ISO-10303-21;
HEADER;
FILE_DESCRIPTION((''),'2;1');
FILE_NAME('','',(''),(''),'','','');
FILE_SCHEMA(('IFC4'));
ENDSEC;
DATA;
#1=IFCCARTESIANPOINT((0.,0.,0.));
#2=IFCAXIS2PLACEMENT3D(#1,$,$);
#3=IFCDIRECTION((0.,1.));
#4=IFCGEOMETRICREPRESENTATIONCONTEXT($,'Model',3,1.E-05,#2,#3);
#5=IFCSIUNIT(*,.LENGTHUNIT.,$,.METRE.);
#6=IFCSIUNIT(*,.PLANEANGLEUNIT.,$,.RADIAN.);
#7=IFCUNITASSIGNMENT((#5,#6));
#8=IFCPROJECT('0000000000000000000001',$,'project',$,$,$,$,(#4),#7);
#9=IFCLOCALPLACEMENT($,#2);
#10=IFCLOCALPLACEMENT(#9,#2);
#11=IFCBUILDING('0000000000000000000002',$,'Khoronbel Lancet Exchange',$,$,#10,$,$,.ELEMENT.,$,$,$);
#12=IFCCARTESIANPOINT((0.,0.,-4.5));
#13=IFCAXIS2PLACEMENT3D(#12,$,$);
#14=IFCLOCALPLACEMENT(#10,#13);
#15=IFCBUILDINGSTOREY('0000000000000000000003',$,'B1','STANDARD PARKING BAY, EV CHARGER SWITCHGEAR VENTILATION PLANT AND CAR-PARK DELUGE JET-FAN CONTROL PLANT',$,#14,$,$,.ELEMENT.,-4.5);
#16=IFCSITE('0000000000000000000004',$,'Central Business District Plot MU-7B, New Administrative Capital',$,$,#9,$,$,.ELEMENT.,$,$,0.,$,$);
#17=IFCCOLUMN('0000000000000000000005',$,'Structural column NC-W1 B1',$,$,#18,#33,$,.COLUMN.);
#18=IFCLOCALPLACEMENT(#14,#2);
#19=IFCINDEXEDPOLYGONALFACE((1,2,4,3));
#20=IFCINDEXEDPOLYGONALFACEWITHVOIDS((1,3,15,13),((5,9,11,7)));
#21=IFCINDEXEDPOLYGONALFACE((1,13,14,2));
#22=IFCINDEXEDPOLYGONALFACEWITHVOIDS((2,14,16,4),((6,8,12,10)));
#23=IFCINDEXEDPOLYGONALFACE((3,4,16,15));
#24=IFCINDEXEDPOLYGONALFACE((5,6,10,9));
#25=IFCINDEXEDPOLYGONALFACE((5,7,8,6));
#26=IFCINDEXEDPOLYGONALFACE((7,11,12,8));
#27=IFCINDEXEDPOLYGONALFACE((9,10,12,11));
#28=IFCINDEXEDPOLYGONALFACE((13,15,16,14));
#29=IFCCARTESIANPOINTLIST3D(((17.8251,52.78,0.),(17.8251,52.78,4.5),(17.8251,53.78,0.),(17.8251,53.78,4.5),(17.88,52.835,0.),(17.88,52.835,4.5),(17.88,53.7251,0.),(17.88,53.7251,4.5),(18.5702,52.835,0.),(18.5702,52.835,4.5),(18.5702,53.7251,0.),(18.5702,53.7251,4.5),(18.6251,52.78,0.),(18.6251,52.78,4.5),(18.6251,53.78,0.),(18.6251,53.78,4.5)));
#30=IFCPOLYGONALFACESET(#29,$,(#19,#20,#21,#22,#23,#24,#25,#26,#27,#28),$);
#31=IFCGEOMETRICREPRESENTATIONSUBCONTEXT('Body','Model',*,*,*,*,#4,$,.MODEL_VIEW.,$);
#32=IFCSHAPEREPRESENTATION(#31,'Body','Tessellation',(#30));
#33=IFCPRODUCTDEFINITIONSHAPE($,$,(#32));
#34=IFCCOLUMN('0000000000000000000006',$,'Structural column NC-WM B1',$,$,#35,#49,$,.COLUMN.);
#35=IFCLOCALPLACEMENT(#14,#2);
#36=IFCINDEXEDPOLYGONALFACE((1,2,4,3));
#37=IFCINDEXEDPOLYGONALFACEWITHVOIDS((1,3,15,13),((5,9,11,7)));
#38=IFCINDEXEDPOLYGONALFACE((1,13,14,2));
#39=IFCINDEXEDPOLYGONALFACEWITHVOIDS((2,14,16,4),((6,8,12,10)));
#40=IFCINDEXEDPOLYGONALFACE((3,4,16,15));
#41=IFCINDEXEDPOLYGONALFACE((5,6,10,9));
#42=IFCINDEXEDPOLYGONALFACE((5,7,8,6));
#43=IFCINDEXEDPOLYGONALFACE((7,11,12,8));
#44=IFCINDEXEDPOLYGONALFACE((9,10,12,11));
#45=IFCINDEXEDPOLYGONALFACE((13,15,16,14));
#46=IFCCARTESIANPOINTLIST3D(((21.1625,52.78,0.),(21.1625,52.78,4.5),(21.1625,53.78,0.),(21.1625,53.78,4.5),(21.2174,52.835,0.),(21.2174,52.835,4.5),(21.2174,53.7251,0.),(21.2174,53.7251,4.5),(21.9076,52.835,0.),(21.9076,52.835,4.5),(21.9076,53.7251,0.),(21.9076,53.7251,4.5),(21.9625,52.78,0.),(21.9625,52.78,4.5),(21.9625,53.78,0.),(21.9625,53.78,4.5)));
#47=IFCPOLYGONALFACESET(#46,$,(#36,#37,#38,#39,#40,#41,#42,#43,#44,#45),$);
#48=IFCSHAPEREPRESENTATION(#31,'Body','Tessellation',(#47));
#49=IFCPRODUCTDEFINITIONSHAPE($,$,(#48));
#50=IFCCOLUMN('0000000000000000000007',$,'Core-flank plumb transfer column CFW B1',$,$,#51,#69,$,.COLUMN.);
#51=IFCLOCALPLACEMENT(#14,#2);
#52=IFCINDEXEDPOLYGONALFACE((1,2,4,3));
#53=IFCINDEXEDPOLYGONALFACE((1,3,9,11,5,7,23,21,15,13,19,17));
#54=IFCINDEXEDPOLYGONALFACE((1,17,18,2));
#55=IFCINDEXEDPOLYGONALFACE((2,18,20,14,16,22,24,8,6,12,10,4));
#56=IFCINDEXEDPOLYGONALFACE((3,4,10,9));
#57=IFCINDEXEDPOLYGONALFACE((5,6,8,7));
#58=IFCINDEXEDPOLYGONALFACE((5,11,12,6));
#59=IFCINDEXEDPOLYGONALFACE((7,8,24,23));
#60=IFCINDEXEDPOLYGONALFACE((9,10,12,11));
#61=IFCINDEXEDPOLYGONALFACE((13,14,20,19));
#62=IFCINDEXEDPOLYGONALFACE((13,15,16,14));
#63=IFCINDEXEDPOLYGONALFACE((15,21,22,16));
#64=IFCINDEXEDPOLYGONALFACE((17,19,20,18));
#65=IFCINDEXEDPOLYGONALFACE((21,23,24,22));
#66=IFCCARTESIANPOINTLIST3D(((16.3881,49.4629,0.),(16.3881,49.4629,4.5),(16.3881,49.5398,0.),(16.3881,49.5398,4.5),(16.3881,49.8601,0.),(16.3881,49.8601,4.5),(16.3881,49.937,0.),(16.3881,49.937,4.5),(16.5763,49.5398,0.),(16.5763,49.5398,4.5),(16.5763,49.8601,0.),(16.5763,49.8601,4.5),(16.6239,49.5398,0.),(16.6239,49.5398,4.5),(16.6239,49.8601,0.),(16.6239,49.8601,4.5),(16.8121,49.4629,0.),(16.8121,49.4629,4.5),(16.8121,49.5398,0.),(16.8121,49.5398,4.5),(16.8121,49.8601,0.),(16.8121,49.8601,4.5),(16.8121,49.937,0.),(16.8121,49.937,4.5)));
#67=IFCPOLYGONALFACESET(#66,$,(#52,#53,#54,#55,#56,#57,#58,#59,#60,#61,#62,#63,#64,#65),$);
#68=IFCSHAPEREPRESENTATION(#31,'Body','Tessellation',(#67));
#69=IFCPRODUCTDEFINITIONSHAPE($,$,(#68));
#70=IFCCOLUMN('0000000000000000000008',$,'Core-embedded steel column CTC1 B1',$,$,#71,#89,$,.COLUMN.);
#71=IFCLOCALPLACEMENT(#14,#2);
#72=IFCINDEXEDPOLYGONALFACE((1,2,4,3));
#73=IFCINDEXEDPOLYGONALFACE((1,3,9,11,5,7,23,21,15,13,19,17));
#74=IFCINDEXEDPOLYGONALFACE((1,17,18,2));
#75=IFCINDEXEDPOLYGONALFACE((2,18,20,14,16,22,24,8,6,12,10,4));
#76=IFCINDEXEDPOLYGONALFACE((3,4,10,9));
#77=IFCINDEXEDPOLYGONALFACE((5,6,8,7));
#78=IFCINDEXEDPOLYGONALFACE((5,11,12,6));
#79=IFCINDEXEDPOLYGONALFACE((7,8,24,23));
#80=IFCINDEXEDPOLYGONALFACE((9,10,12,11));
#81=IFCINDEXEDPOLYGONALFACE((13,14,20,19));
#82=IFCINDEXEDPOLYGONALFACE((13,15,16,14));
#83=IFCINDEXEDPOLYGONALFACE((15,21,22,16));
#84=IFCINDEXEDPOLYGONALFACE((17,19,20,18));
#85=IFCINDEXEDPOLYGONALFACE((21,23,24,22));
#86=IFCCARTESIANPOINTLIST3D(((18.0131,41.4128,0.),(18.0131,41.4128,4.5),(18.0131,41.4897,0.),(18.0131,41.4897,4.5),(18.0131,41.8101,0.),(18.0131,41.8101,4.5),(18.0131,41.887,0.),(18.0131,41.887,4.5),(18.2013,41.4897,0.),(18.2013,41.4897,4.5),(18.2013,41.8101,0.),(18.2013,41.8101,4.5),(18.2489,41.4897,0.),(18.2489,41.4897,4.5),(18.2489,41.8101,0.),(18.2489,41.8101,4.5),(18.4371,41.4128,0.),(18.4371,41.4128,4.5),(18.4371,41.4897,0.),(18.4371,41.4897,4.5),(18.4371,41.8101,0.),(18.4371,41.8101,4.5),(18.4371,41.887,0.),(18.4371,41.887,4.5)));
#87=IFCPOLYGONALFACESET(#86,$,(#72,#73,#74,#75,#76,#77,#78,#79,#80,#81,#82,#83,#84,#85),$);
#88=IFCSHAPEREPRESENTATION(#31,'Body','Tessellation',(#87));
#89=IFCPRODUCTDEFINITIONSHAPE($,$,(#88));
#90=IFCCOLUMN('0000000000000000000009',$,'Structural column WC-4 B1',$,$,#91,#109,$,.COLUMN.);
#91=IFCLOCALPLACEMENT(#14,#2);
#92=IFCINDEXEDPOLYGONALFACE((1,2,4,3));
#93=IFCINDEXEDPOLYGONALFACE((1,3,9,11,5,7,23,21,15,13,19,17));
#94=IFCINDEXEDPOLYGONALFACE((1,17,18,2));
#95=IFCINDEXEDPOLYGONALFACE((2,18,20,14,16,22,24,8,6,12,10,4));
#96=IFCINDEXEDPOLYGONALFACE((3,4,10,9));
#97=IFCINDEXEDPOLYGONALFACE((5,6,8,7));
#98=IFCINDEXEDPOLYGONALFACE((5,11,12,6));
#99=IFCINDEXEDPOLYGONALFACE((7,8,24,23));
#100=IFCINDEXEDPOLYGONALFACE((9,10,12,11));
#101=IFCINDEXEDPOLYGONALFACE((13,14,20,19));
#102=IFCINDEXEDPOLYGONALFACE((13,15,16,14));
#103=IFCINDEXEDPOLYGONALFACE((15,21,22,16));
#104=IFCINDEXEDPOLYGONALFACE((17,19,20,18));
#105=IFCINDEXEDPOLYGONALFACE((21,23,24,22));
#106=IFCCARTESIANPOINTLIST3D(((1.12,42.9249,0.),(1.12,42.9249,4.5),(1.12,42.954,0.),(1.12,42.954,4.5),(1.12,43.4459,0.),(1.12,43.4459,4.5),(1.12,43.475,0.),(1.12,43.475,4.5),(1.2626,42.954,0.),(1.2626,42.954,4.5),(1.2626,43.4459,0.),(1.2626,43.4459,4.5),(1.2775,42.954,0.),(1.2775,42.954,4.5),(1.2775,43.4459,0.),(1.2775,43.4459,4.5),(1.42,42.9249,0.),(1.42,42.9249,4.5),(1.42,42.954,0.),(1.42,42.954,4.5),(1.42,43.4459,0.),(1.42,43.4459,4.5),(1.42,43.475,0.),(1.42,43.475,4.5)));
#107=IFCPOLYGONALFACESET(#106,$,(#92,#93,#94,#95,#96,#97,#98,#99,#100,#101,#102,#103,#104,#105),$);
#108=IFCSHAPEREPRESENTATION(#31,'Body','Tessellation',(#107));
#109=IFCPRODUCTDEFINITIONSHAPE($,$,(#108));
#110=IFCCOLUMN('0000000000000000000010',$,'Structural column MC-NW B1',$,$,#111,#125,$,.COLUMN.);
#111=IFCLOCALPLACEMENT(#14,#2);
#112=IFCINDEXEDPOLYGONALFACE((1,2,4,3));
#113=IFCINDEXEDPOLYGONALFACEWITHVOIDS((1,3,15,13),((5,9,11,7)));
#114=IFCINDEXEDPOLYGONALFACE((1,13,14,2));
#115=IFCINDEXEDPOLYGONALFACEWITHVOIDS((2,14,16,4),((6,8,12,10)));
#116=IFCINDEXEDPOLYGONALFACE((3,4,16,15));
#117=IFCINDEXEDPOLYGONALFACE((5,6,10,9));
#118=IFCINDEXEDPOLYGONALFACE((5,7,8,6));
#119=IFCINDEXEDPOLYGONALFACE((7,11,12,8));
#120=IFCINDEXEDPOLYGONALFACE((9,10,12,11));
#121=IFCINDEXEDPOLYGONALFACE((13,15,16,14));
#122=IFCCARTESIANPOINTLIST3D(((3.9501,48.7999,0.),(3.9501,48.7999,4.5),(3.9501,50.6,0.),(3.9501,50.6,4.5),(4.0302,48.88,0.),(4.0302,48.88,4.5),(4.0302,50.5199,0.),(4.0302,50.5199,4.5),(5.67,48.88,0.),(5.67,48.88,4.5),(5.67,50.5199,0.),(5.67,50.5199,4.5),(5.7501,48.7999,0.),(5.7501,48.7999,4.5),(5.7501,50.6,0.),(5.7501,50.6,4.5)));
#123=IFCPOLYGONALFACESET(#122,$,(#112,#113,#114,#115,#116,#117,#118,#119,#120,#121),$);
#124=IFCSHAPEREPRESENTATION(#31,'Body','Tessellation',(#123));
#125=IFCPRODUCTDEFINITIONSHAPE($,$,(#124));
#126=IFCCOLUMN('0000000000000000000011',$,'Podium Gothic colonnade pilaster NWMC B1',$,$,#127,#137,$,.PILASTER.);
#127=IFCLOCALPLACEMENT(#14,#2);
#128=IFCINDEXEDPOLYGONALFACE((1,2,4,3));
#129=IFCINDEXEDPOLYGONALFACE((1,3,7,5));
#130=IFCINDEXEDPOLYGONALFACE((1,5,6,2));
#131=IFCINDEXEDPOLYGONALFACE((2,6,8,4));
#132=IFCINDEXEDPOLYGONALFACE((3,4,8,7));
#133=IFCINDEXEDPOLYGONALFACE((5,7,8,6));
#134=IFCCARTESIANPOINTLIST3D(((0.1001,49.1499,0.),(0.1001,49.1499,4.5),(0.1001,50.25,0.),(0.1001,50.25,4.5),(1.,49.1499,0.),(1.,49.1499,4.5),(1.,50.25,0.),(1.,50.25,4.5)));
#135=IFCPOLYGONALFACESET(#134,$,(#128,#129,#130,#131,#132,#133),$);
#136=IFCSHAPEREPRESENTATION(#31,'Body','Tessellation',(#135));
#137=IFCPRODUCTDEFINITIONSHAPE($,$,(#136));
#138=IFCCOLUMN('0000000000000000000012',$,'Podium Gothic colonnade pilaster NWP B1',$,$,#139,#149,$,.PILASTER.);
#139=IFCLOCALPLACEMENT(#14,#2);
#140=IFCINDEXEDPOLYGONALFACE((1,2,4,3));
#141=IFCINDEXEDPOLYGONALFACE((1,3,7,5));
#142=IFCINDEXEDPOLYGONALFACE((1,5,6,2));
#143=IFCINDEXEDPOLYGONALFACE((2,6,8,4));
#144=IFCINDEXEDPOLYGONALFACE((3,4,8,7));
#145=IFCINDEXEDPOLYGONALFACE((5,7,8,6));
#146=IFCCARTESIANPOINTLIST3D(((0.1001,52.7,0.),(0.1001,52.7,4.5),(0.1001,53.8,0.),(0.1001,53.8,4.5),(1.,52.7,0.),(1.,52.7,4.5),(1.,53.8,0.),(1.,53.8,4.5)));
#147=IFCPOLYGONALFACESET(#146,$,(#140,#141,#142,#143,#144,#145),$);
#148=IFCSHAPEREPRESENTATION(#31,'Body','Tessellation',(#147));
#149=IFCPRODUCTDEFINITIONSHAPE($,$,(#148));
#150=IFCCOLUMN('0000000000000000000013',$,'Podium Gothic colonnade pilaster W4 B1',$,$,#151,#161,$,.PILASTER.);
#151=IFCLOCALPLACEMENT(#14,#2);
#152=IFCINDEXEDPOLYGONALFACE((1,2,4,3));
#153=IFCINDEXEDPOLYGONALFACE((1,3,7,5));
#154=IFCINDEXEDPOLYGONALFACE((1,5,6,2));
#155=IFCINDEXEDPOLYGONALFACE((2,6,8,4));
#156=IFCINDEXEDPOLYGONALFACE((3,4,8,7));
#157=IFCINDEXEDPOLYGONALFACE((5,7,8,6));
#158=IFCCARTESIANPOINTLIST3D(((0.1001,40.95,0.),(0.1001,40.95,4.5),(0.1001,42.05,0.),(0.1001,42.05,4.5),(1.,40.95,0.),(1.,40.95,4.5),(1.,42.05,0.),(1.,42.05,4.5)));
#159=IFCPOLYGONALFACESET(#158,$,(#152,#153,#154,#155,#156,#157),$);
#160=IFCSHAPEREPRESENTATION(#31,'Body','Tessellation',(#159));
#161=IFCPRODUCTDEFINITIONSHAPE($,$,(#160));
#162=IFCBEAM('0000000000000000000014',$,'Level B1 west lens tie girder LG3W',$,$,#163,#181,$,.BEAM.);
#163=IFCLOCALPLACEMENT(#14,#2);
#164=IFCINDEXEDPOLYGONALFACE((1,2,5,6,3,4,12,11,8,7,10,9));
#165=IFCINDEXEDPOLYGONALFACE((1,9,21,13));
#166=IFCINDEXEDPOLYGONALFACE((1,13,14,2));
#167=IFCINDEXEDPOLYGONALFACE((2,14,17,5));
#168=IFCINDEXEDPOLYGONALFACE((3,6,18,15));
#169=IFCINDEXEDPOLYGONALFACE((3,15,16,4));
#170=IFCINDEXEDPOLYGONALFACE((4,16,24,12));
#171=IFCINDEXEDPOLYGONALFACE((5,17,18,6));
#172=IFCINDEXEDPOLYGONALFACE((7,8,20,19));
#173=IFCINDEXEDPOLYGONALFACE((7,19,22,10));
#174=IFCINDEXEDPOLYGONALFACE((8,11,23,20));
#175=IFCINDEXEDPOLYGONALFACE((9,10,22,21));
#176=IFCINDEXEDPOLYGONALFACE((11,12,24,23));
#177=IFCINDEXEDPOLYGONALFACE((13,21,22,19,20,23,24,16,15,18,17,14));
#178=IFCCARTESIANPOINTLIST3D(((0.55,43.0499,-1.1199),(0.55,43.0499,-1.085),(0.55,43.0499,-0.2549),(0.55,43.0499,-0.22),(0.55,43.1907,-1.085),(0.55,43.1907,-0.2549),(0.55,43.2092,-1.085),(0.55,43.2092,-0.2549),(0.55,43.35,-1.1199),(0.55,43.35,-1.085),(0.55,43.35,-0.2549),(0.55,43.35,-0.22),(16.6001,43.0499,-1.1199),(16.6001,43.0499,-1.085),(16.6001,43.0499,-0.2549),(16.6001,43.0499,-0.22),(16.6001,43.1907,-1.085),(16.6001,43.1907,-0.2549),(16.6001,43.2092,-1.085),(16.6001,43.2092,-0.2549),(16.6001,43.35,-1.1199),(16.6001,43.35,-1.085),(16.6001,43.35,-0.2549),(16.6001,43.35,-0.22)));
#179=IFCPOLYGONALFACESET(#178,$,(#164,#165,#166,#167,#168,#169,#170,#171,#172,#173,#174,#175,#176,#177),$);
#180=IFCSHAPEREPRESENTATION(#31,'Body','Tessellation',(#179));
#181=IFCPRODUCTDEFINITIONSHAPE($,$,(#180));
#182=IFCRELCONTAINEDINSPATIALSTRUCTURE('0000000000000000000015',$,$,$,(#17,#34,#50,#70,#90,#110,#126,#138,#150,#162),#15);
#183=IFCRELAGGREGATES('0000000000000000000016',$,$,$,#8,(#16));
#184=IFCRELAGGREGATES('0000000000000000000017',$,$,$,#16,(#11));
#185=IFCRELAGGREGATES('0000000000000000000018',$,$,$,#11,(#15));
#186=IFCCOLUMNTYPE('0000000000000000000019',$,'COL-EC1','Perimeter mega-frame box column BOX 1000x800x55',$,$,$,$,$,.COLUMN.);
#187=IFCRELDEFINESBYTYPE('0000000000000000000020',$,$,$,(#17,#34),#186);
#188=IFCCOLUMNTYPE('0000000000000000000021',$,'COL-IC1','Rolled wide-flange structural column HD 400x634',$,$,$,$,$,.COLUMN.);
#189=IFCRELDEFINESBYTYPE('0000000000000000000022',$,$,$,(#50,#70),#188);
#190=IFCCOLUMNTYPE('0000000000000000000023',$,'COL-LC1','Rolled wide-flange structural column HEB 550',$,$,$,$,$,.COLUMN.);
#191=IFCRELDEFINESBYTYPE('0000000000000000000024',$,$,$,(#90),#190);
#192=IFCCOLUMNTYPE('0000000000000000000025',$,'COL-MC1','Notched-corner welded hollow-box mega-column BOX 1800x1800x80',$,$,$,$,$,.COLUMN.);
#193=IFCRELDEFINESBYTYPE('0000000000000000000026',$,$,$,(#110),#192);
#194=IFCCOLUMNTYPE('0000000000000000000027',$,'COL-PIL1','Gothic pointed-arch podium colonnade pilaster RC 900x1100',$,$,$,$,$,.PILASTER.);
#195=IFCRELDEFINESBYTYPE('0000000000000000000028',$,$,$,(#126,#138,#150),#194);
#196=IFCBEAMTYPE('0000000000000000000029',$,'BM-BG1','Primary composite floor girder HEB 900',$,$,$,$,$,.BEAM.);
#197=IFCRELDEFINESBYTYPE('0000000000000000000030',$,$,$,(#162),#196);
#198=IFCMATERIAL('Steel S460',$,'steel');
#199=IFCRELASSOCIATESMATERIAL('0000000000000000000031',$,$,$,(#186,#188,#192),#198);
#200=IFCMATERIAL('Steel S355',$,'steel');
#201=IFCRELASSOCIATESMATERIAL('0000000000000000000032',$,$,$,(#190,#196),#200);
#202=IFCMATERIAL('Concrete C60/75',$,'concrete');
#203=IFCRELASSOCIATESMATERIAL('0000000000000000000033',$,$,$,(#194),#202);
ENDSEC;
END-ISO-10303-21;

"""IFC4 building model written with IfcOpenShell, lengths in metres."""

from ifc_helpers import new_model, si_unit, direction, frame, origin, origin_2d, place, context, subcontext, project, spatial, rectangle, hollow_rectangle, i_section, extrude, material, material_profile, profile_set, type_object, element, save


model = new_model("IFC4")

# Units and contexts
model_context = context("Model", 3, precision=1e-05, world=origin(), true_north=direction((0.0, 1.0)))
body_context = subcontext(model_context, "Body", "Model", "MODEL_VIEW")
ifc_project = project(units=[si_unit("LENGTHUNIT", "METRE"), si_unit("PLANEANGLEUNIT", "RADIAN")], contexts=[model_context])

# Site, building, storey
site_placement = place(None, origin())
site = spatial("IfcSite", under=ifc_project, at=site_placement, Name="Central Business District Plot MU-7B, New Administrative Capital", CompositionType="ELEMENT", RefElevation=0.0)
building_placement = place(site_placement, origin())
building = spatial("IfcBuilding", under=site, at=building_placement, Name="Khoronbel Lancet Exchange", CompositionType="ELEMENT")
storey_placement = place(building_placement, frame((0.0, 0.0, -4.5)))
storey = spatial("IfcBuildingStorey", under=building, at=storey_placement, Name="B1", Description="STANDARD PARKING BAY, EV CHARGER SWITCHGEAR VENTILATION PLANT AND CAR-PARK DELUGE JET-FAN CONTROL PLANT", CompositionType="ELEMENT", Elevation=-4.5)

# Columns
ifc_material_1 = material(Name="Steel S460", Category="steel")
ifc_material_profile_1 = material_profile(ifc_material_1, hollow_rectangle(XDim=0.8, YDim=1.0, WallThickness=0.0549, at=origin_2d()), Name="BOX 1000x800x55")
ifc_profile_set_1 = profile_set([ifc_material_profile_1], Name="Steel S460")
column_type_1 = type_object("IfcColumnType", Name="COL-EC1", Description="Perimeter mega-frame box column BOX 1000x800x55", PredefinedType="COLUMN", material=ifc_profile_set_1)
for number, where, z_axis, x_axis, name in (
    (1, (18.2251, 53.28, 0.0), (0.0, 0.0, 1.0), (1.0, 0.0, 0.0), "Structural column NC-W1 B1"),
    (2, (21.5625, 53.28, 0.0), (0.0, 0.0, 1.0), (1.0, 0.0, 0.0), "Structural column NC-WM B1"),
):
    element("IfcColumn", number, at=place(storey_placement, frame(where, z_axis=z_axis, x_axis=x_axis)), inside=storey, type_object=column_type_1, Name=name, PredefinedType="COLUMN", context=body_context, shape_type="SweptSolid", body=[
        extrude(hollow_rectangle(XDim=0.8, YDim=1.0, WallThickness=0.0549, at=origin_2d()), origin(), (0.0, 0.0, 1.0), 4.5),
    ])
ifc_material_profile_2 = material_profile(ifc_material_1, i_section(OverallWidth=0.4241, OverallDepth=0.4741, WebThickness=0.0476, FlangeThickness=0.0769, at=origin_2d()), Name="HD 400x634")
ifc_profile_set_2 = profile_set([ifc_material_profile_2], Name="Steel S460")
column_type_2 = type_object("IfcColumnType", Name="COL-IC1", Description="Rolled wide-flange structural column HD 400x634", PredefinedType="COLUMN", material=ifc_profile_set_2)
for number, where, z_axis, x_axis, name in (
    (3, (16.6001, 49.7, 0.0), (0.0, 0.0, 1.0), (1.0, 0.0, 0.0), "Core-flank plumb transfer column CFW B1"),
    (4, (18.2251, 41.6499, 0.0), (0.0, 0.0, 1.0), (1.0, 0.0, 0.0), "Core-embedded steel column CTC1 B1"),
):
    element("IfcColumn", number, at=place(storey_placement, frame(where, z_axis=z_axis, x_axis=x_axis)), inside=storey, type_object=column_type_2, Name=name, PredefinedType="COLUMN", context=body_context, shape_type="SweptSolid", body=[
        extrude(i_section(OverallWidth=0.4241, OverallDepth=0.4741, WebThickness=0.0476, FlangeThickness=0.0769, at=origin_2d()), origin(), (0.0, 0.0, 1.0), 4.5),
    ])
ifc_material_2 = material(Name="Steel S355", Category="steel")
ifc_material_profile_3 = material_profile(ifc_material_2, i_section(OverallWidth=0.3, OverallDepth=0.55, WebThickness=0.0149, FlangeThickness=0.0291, at=origin_2d()), Name="HEB 550")
ifc_profile_set_3 = profile_set([ifc_material_profile_3], Name="Steel S355")
column_type_3 = type_object("IfcColumnType", Name="COL-LC1", Description="Rolled wide-flange structural column HEB 550", PredefinedType="COLUMN", material=ifc_profile_set_3)
column_1_placement = place(storey_placement, frame((1.27, 43.2, 0.0), z_axis=(0.0, 0.0, 1.0), x_axis=(1.0, 0.0, 0.0)))
element("IfcColumn", 5, at=column_1_placement, inside=storey, type_object=column_type_3, Name="Structural column WC-4 B1", PredefinedType="COLUMN", context=body_context, shape_type="SweptSolid", body=[
    extrude(i_section(OverallWidth=0.3, OverallDepth=0.55, WebThickness=0.0149, FlangeThickness=0.0291, at=origin_2d()), origin(), (0.0, 0.0, 1.0), 4.5),
])
ifc_material_profile_4 = material_profile(ifc_material_1, hollow_rectangle(XDim=1.8, YDim=1.8, WallThickness=0.0801, at=origin_2d()), Name="BOX 1800x1800x80")
ifc_profile_set_4 = profile_set([ifc_material_profile_4], Name="Steel S460")
column_type_4 = type_object("IfcColumnType", Name="COL-MC1", Description="Notched-corner welded hollow-box mega-column BOX 1800x1800x80", PredefinedType="COLUMN", material=ifc_profile_set_4)
column_2_placement = place(storey_placement, frame((4.8501, 49.7, 0.0), z_axis=(0.0, 0.0, 1.0), x_axis=(1.0, 0.0, 0.0)))
element("IfcColumn", 6, at=column_2_placement, inside=storey, type_object=column_type_4, Name="Structural column MC-NW B1", PredefinedType="COLUMN", context=body_context, shape_type="SweptSolid", body=[
    extrude(hollow_rectangle(XDim=1.8, YDim=1.8, WallThickness=0.0801, at=origin_2d()), origin(), (0.0, 0.0, 1.0), 4.5),
])
ifc_material_3 = material(Name="Concrete C60/75", Category="concrete")
ifc_material_profile_5 = material_profile(ifc_material_3, rectangle(XDim=0.8999, YDim=1.1001, at=origin_2d()), Name="RC 900x1100")
ifc_profile_set_5 = profile_set([ifc_material_profile_5], Name="Concrete C60/75")
column_type_5 = type_object("IfcColumnType", Name="COL-PIL1", Description="Gothic pointed-arch podium colonnade pilaster RC 900x1100", PredefinedType="PILASTER", material=ifc_profile_set_5)
for number, where, z_axis, x_axis, name in (
    (7, (0.55, 49.7, 0.0), (0.0, 0.0, 1.0), (1.0, 0.0, 0.0), "Podium Gothic colonnade pilaster NWMC B1"),
    (8, (0.55, 53.25, 0.0), (0.0, 0.0, 1.0), (1.0, 0.0, 0.0), "Podium Gothic colonnade pilaster NWP B1"),
    (9, (0.55, 41.5, 0.0), (0.0, 0.0, 1.0), (1.0, 0.0, 0.0), "Podium Gothic colonnade pilaster W4 B1"),
):
    element("IfcColumn", number, at=place(storey_placement, frame(where, z_axis=z_axis, x_axis=x_axis)), inside=storey, type_object=column_type_5, Name=name, PredefinedType="PILASTER", context=body_context, shape_type="SweptSolid", body=[
        extrude(rectangle(XDim=0.8999, YDim=1.1001, at=origin_2d()), origin(), (0.0, 0.0, 1.0), 4.5),
    ])

# Beam
ifc_material_profile_6 = material_profile(ifc_material_2, i_section(OverallWidth=0.3, OverallDepth=0.8999, WebThickness=0.0186, FlangeThickness=0.0349, at=origin_2d()), Name="HEB 900")
ifc_profile_set_6 = profile_set([ifc_material_profile_6], Name="Steel S355")
beam_type_1 = type_object("IfcBeamType", Name="BM-BG1", Description="Primary composite floor girder HEB 900", PredefinedType="BEAM", material=ifc_profile_set_6)
beam_1_placement = place(storey_placement, frame((0.55, 43.2, -0.6699), z_axis=(1.0, 0.0, 0.0), x_axis=(0.0, 1.0, 0.0)))
element("IfcBeam", 10, at=beam_1_placement, inside=storey, type_object=beam_type_1, Name="Level B1 west lens tie girder LG3W", PredefinedType="BEAM", context=body_context, shape_type="SweptSolid", body=[
    extrude(i_section(OverallWidth=0.3, OverallDepth=0.8999, WebThickness=0.0186, FlangeThickness=0.0349, at=origin_2d()), origin(), (0.0, 0.0, 1.0), 16.05),
])

save(model, "model.ifc")
